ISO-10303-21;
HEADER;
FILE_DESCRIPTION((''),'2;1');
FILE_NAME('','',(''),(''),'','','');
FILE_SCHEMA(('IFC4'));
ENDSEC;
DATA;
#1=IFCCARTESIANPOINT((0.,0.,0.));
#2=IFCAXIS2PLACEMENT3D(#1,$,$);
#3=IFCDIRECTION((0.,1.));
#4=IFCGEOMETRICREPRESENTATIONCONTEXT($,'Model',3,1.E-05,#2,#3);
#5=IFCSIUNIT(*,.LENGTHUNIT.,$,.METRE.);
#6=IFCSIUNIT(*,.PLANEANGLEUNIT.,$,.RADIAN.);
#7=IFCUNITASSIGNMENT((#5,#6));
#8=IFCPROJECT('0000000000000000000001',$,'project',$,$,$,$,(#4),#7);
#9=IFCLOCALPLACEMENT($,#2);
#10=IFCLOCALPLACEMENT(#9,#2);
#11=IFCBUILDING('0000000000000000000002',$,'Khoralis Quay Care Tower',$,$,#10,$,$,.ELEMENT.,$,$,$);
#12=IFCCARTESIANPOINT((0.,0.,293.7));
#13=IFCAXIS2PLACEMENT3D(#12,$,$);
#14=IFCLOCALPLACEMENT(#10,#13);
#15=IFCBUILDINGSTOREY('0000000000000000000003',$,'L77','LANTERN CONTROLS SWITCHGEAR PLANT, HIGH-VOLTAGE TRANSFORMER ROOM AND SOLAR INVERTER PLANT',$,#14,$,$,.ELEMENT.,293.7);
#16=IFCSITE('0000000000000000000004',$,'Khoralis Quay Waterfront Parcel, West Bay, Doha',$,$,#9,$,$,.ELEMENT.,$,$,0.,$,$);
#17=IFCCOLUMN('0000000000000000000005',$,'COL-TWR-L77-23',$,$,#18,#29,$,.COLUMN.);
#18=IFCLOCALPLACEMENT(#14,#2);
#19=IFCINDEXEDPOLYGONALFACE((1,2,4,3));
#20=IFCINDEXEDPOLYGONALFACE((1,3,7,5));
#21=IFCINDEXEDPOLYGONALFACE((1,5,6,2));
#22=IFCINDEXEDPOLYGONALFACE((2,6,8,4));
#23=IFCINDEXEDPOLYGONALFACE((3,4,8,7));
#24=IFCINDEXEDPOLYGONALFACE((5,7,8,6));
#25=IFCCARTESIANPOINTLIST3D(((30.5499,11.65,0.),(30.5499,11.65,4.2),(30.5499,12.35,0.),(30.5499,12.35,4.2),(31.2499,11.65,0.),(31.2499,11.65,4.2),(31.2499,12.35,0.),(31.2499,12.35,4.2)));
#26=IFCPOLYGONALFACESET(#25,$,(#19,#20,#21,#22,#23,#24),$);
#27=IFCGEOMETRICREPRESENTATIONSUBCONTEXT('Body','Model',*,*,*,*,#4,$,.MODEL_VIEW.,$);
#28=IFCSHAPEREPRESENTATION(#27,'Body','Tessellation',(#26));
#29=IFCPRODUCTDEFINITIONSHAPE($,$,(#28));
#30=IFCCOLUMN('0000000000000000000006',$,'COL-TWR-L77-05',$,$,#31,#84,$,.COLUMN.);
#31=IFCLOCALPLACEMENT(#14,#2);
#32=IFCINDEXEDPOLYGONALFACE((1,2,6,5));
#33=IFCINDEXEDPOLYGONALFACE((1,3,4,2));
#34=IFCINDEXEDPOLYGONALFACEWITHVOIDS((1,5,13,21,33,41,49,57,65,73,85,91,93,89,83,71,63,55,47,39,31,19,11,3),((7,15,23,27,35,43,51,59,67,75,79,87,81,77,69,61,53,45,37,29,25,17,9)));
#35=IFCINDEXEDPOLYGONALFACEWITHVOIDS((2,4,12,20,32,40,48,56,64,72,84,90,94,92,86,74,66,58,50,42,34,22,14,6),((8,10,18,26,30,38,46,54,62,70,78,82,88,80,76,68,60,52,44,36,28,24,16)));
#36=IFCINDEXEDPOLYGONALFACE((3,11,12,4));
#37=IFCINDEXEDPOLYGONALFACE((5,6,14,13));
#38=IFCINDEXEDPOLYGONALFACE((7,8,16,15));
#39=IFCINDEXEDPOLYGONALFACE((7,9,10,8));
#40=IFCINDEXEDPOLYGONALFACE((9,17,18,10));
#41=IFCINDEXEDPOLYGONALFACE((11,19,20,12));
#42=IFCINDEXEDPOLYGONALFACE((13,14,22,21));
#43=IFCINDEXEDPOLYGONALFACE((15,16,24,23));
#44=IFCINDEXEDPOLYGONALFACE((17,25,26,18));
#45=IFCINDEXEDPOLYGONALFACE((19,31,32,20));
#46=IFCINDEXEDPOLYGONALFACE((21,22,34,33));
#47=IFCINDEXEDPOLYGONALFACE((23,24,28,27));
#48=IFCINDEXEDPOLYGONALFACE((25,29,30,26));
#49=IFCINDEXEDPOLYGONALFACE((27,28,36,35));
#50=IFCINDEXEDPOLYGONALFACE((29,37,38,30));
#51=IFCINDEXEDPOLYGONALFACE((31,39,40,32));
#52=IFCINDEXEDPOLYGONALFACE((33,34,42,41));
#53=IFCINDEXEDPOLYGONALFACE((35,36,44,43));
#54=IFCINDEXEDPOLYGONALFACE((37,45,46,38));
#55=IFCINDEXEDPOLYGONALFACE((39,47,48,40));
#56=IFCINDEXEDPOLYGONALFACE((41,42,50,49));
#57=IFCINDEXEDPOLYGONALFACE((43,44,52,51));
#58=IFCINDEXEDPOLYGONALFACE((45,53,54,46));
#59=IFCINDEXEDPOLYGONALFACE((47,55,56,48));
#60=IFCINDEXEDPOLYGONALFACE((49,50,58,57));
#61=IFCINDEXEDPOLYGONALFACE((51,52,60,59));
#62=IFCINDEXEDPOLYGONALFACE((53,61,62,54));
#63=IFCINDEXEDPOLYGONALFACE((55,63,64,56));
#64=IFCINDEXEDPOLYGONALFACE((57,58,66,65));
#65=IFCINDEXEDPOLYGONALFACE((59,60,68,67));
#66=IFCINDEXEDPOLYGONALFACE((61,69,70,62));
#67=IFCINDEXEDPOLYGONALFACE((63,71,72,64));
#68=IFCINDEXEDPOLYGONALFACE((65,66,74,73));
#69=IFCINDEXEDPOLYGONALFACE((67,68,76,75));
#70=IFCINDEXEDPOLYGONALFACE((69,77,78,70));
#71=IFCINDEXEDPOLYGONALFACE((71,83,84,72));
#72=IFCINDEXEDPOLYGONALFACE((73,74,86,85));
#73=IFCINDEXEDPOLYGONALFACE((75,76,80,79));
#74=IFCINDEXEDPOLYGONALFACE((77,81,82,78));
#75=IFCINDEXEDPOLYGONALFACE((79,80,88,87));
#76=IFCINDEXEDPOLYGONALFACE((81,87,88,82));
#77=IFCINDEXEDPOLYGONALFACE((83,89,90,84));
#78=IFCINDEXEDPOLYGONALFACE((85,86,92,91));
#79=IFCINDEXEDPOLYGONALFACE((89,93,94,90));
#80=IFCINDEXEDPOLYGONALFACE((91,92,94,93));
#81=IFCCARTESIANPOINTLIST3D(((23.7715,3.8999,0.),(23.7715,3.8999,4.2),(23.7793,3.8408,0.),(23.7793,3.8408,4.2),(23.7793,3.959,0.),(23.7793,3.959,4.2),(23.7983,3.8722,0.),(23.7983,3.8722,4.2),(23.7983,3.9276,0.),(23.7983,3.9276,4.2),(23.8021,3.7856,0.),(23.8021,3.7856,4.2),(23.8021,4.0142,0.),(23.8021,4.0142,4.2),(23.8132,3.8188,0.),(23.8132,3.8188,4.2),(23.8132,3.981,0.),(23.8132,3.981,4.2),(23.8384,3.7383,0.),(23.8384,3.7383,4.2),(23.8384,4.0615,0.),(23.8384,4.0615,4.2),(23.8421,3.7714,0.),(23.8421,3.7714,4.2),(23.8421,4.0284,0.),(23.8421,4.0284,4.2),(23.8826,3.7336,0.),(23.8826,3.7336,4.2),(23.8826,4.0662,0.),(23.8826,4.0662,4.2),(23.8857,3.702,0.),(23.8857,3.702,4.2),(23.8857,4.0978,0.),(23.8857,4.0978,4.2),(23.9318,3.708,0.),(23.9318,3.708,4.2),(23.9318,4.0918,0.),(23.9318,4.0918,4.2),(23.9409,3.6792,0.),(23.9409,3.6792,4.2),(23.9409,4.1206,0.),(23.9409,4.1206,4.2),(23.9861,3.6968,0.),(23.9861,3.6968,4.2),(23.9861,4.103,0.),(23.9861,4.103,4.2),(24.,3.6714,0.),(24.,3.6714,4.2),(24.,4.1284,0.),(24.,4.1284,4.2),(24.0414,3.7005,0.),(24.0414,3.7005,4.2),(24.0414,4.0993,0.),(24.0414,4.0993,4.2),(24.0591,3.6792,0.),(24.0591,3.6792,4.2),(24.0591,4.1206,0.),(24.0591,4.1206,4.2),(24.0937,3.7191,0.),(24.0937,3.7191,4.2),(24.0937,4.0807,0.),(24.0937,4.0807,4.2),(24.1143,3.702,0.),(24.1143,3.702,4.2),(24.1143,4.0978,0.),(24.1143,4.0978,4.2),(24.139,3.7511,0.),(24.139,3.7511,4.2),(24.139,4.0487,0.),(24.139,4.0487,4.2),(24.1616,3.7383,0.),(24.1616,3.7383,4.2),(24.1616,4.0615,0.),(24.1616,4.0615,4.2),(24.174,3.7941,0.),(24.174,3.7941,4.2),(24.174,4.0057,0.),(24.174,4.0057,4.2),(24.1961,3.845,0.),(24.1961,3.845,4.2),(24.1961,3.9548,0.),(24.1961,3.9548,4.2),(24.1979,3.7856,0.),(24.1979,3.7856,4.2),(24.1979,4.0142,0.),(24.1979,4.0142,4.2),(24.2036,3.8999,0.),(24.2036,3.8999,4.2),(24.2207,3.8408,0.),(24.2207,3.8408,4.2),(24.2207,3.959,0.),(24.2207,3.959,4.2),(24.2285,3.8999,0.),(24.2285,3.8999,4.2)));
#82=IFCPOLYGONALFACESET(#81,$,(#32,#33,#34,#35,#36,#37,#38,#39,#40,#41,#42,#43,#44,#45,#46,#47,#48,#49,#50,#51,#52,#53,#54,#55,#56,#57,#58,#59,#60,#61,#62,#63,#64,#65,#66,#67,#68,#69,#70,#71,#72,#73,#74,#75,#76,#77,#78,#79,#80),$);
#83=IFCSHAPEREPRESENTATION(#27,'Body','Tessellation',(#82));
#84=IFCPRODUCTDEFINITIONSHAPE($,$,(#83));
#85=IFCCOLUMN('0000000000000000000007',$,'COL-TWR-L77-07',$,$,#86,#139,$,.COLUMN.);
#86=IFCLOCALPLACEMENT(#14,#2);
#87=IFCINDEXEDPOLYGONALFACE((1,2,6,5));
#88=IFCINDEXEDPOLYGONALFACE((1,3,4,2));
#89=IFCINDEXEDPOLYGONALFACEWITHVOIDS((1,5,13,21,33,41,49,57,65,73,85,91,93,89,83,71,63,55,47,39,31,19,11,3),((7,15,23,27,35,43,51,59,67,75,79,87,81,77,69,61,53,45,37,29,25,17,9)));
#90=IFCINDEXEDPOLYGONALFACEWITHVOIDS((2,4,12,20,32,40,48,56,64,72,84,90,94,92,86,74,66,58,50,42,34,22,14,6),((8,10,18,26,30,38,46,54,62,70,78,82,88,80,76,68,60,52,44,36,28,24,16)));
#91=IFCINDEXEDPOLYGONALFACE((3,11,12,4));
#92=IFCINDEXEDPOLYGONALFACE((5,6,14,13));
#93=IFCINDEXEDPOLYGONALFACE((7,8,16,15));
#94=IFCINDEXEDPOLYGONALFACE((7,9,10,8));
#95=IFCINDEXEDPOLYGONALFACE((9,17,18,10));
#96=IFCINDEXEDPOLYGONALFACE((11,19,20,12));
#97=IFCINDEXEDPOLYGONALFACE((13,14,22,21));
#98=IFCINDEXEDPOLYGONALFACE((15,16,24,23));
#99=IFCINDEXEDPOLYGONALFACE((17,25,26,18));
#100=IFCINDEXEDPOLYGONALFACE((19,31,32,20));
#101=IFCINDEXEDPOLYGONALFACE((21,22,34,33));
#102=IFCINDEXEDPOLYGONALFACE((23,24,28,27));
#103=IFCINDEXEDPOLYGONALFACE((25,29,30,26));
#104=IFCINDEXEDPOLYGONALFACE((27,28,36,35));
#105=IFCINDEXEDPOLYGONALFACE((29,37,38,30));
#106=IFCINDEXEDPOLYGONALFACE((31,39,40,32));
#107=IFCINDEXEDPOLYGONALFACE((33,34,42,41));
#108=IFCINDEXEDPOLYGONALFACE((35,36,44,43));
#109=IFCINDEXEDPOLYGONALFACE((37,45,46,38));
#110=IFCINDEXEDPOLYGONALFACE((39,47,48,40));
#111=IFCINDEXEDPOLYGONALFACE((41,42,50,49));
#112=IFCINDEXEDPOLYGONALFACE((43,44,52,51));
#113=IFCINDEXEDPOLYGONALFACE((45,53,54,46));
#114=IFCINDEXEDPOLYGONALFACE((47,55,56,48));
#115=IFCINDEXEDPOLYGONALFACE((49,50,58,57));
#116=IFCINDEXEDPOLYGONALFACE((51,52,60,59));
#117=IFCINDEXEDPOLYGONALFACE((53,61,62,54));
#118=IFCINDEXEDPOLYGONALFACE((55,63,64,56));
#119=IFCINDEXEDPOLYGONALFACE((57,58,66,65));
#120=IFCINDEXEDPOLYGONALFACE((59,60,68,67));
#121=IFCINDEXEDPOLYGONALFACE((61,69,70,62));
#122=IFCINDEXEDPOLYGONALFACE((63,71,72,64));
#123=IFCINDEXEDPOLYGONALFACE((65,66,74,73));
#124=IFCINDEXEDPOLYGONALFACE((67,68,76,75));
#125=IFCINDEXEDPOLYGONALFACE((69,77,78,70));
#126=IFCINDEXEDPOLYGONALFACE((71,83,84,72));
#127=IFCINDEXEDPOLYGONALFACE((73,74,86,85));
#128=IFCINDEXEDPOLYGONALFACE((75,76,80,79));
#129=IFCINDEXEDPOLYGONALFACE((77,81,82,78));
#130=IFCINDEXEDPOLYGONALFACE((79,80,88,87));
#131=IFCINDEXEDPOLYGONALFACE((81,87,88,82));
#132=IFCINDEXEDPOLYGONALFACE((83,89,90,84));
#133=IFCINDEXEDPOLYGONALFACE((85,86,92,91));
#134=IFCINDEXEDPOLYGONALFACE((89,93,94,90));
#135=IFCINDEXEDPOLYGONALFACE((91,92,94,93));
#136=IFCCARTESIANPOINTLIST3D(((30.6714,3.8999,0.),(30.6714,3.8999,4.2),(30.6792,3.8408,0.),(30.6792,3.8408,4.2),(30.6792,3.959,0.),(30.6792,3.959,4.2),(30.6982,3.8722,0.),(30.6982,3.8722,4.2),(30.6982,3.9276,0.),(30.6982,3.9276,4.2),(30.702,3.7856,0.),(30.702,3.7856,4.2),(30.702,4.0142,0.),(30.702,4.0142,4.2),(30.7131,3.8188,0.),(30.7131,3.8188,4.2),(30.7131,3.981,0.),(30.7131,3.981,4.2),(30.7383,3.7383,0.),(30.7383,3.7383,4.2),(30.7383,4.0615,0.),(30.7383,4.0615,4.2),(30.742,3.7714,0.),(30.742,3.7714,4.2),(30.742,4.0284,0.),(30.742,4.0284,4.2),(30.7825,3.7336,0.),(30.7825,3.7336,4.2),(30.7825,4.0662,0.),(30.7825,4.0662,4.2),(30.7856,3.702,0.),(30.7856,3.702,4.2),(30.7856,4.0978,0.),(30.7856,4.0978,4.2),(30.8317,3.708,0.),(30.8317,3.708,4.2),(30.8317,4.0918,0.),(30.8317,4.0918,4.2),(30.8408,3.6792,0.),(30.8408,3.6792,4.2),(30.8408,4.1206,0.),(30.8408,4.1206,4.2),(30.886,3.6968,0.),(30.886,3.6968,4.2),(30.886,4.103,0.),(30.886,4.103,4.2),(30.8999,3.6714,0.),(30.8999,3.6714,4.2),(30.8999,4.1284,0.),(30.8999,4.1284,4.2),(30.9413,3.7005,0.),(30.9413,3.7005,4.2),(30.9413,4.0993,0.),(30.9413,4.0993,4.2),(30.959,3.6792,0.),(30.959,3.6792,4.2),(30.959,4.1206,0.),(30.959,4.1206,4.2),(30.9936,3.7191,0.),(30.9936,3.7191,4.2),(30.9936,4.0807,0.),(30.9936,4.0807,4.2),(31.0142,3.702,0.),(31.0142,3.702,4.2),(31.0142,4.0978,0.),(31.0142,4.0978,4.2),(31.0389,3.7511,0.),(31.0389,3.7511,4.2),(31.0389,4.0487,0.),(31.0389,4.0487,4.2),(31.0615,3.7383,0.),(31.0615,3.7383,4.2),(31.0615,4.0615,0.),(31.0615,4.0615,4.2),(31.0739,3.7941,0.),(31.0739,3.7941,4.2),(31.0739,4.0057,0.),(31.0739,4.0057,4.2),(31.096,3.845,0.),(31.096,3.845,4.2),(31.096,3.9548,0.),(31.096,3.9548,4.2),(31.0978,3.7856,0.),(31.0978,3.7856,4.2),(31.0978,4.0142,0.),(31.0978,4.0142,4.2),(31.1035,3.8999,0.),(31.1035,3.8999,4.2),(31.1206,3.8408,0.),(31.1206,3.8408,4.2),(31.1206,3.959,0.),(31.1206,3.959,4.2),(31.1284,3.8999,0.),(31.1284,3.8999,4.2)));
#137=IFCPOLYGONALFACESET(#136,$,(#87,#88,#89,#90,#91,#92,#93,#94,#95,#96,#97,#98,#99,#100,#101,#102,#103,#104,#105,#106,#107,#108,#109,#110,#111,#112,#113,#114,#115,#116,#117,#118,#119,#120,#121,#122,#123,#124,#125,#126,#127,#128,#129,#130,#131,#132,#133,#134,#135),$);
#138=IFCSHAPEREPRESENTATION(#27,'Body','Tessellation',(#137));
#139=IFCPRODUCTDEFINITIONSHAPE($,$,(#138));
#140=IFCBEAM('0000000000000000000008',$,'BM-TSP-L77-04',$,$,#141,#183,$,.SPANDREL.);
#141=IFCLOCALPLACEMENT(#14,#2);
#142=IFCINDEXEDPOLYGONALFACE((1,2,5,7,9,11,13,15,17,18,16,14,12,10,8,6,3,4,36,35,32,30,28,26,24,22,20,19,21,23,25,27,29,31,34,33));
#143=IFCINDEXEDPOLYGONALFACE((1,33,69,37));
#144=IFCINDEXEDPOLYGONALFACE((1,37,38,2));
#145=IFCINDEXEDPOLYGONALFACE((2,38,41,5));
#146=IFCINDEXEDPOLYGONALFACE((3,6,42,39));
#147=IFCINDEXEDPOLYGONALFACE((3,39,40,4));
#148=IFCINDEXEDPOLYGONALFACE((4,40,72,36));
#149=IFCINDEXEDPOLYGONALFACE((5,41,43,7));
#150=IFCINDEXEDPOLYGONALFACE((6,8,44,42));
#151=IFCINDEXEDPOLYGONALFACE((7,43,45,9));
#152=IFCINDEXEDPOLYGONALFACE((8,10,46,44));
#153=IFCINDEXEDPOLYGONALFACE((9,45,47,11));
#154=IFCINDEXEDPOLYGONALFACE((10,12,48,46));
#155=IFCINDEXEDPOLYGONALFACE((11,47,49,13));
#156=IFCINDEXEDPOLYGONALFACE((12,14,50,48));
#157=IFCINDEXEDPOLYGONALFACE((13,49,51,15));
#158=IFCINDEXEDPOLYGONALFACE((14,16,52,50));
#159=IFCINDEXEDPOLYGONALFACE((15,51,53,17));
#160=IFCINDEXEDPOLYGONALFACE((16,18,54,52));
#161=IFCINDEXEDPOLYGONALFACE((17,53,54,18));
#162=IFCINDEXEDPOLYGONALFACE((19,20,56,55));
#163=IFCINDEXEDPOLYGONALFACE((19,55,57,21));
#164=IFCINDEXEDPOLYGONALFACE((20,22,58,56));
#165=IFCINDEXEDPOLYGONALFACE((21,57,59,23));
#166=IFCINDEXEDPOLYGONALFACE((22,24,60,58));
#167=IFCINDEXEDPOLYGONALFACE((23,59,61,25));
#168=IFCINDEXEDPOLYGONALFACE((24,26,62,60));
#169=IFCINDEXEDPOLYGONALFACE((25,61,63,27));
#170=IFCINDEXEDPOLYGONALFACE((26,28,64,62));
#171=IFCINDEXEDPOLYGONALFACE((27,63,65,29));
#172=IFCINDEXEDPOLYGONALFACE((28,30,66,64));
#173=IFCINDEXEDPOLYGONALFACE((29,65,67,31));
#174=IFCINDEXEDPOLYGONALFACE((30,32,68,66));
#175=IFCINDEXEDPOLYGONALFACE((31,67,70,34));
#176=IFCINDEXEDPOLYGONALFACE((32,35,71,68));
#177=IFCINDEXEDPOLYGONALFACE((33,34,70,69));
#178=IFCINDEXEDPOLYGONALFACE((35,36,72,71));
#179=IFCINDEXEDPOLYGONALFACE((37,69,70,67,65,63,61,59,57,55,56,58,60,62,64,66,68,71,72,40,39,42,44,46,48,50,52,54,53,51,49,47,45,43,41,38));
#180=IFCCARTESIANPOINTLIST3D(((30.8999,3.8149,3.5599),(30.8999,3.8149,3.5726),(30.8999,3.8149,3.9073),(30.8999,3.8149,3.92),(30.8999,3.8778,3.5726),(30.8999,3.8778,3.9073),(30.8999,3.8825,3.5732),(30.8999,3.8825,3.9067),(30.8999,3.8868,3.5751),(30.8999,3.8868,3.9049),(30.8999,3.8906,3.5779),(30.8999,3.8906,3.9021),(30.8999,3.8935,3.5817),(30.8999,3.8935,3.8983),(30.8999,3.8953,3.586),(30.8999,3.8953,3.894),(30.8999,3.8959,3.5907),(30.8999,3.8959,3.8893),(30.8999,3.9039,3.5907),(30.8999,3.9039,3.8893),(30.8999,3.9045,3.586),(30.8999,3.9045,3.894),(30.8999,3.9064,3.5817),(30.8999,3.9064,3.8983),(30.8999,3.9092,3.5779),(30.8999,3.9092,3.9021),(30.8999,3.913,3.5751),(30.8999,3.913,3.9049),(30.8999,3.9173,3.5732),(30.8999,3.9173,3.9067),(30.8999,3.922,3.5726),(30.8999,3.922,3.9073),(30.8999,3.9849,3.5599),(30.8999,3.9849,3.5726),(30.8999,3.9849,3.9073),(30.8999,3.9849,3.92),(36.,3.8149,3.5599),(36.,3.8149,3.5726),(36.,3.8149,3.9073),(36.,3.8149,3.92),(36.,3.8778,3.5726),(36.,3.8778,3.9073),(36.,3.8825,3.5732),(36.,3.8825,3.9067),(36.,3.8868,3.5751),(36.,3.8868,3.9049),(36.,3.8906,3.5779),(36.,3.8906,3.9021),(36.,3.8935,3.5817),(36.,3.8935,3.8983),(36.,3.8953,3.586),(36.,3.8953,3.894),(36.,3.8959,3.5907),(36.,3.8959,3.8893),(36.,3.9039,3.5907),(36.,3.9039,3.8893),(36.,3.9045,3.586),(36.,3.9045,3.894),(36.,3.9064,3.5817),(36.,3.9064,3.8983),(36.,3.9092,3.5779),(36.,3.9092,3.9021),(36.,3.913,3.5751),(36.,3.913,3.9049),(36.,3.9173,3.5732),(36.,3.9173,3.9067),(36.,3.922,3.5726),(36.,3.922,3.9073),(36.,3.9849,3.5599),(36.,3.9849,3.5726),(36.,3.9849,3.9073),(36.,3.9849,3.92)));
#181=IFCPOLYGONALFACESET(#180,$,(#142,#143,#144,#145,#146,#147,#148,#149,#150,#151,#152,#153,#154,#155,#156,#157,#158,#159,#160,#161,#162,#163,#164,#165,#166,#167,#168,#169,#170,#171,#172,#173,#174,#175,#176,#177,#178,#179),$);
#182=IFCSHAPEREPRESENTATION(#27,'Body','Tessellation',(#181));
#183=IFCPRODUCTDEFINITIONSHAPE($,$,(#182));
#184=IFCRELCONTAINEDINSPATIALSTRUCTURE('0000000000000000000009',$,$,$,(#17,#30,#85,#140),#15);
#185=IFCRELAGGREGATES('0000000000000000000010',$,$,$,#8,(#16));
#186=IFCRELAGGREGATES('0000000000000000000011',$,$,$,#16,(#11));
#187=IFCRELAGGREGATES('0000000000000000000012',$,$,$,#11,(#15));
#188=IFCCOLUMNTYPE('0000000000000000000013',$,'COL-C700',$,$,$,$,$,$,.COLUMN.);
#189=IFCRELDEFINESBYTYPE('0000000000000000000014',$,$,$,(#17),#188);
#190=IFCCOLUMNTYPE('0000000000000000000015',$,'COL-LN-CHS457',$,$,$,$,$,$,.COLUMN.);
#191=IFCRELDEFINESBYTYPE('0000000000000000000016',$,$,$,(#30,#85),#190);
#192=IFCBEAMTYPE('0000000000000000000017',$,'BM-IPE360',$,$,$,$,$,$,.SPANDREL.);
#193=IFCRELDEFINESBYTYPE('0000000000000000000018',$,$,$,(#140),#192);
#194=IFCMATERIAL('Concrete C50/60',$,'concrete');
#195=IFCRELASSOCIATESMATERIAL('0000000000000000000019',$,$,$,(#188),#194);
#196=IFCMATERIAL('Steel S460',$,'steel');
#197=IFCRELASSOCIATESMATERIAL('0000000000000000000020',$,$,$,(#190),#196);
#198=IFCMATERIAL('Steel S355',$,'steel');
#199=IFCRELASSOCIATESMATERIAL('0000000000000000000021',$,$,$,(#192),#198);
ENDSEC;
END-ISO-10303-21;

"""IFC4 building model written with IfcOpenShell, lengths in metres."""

from ifc_helpers import new_model, si_unit, direction, frame, origin, origin_2d, place, context, subcontext, project, spatial, rectangle, hollow_circle, i_section, extrude, source, transform, mapped, material, material_profile, profile_set, type_object, element, save


model = new_model("IFC4")

# Units and contexts
model_context = context("Model", 3, precision=1e-05, world=origin(), true_north=direction((0.0, 1.0)))
body_context = subcontext(model_context, "Body", "Model", "MODEL_VIEW")
ifc_project = project(units=[si_unit("LENGTHUNIT", "METRE"), si_unit("PLANEANGLEUNIT", "RADIAN")], contexts=[model_context])

# Site, building, storey
site_placement = place(None, origin())
site = spatial("IfcSite", under=ifc_project, at=site_placement, Name="Khoralis Quay Waterfront Parcel, West Bay, Doha", CompositionType="ELEMENT", RefElevation=0.0)
building_placement = place(site_placement, origin())
building = spatial("IfcBuilding", under=site, at=building_placement, Name="Khoralis Quay Care Tower", CompositionType="ELEMENT")
storey_placement = place(building_placement, frame((0.0, 0.0, 293.7)))
storey = spatial("IfcBuildingStorey", under=building, at=storey_placement, Name="L77", Description="LANTERN CONTROLS SWITCHGEAR PLANT, HIGH-VOLTAGE TRANSFORMER ROOM AND SOLAR INVERTER PLANT", CompositionType="ELEMENT", Elevation=293.7)

# Columns
ifc_material_1 = material(Name="Concrete C50/60", Category="concrete")
ifc_material_profile_1 = material_profile(ifc_material_1, rectangle(XDim=0.7, YDim=0.7, at=origin_2d()), Name="Concrete C50/60")
ifc_profile_set_1 = profile_set([ifc_material_profile_1], Name="Concrete C50/60")
column_type_1 = type_object("IfcColumnType", Name="COL-C700", PredefinedType="COLUMN", material=ifc_profile_set_1)
shared_shape_1 = source(origin(), body_context, "Body", "SweptSolid", [
    extrude(rectangle(XDim=0.7, YDim=0.7, at=origin_2d()), origin(), (0.0, 0.0, 1.0), 4.2),
])
column_placement = place(storey_placement, frame((30.8999, 12.0, 0.0), z_axis=(0.0, 0.0, 1.0), x_axis=(1.0, 0.0, 0.0)))
element("IfcColumn", 1, at=column_placement, inside=storey, type_object=column_type_1, Name="COL-TWR-L77-23", PredefinedType="COLUMN", context=body_context, shape_type="MappedRepresentation", body=[
    mapped(shared_shape_1, transform((0.0, 0.0, 0.0), scale=1.0)),
])
ifc_material_2 = material(Name="Steel S460", Category="steel")
ifc_material_profile_2 = material_profile(ifc_material_2, hollow_circle(Radius=0.2285, WallThickness=0.0249, at=origin_2d()), Name="Steel S460")
ifc_profile_set_2 = profile_set([ifc_material_profile_2], Name="Steel S460")
column_type_2 = type_object("IfcColumnType", Name="COL-LN-CHS457", PredefinedType="COLUMN", material=ifc_profile_set_2)
shared_shape_2 = source(origin(), body_context, "Body", "SweptSolid", [
    extrude(hollow_circle(Radius=0.2285, WallThickness=0.0249, at=origin_2d()), origin(), (0.0, 0.0, 1.0), 4.2),
])
for number, where, z_axis, x_axis, name in (
    (2, (24.0, 3.8999, 0.0), (0.0, 0.0, 1.0), (1.0, 0.0, 0.0), "COL-TWR-L77-05"),
    (3, (30.8999, 3.8999, 0.0), (0.0, 0.0, 1.0), (1.0, 0.0, 0.0), "COL-TWR-L77-07"),
):
    element("IfcColumn", number, at=place(storey_placement, frame(where, z_axis=z_axis, x_axis=x_axis)), inside=storey, type_object=column_type_2, Name=name, PredefinedType="COLUMN", context=body_context, shape_type="MappedRepresentation", body=[
        mapped(shared_shape_2, transform((0.0, 0.0, 0.0), scale=1.0)),
    ])

# Beam
ifc_material_3 = material(Name="Steel S355", Category="steel")
ifc_material_profile_3 = material_profile(ifc_material_3, i_section(OverallWidth=0.1699, OverallDepth=0.3601, WebThickness=0.0081, FlangeThickness=0.0127, FilletRadius=0.0181, at=origin_2d()), Name="Steel S355")
ifc_profile_set_3 = profile_set([ifc_material_profile_3], Name="Steel S355")
beam_type_1 = type_object("IfcBeamType", Name="BM-IPE360", PredefinedType="SPANDREL", material=ifc_profile_set_3)
shared_shape_3 = source(origin(), body_context, "Body", "SweptSolid", [
    extrude(i_section(OverallWidth=0.1699, OverallDepth=0.3601, WebThickness=0.0081, FlangeThickness=0.0127, FilletRadius=0.0181, at=origin_2d()), origin(), (0.0, 0.0, 1.0), 5.1001),
])
beam_1_placement = place(storey_placement, frame((30.8999, 3.8999, 3.74), z_axis=(1.0, 0.0, 0.0), x_axis=(0.0, 1.0, 0.0)))
element("IfcBeam", 4, at=beam_1_placement, inside=storey, type_object=beam_type_1, Name="BM-TSP-L77-04", PredefinedType="SPANDREL", context=body_context, shape_type="MappedRepresentation", body=[
    mapped(shared_shape_3, transform((0.0, 0.0, 0.0), scale=1.0)),
])

save(model, "model.ifc")
